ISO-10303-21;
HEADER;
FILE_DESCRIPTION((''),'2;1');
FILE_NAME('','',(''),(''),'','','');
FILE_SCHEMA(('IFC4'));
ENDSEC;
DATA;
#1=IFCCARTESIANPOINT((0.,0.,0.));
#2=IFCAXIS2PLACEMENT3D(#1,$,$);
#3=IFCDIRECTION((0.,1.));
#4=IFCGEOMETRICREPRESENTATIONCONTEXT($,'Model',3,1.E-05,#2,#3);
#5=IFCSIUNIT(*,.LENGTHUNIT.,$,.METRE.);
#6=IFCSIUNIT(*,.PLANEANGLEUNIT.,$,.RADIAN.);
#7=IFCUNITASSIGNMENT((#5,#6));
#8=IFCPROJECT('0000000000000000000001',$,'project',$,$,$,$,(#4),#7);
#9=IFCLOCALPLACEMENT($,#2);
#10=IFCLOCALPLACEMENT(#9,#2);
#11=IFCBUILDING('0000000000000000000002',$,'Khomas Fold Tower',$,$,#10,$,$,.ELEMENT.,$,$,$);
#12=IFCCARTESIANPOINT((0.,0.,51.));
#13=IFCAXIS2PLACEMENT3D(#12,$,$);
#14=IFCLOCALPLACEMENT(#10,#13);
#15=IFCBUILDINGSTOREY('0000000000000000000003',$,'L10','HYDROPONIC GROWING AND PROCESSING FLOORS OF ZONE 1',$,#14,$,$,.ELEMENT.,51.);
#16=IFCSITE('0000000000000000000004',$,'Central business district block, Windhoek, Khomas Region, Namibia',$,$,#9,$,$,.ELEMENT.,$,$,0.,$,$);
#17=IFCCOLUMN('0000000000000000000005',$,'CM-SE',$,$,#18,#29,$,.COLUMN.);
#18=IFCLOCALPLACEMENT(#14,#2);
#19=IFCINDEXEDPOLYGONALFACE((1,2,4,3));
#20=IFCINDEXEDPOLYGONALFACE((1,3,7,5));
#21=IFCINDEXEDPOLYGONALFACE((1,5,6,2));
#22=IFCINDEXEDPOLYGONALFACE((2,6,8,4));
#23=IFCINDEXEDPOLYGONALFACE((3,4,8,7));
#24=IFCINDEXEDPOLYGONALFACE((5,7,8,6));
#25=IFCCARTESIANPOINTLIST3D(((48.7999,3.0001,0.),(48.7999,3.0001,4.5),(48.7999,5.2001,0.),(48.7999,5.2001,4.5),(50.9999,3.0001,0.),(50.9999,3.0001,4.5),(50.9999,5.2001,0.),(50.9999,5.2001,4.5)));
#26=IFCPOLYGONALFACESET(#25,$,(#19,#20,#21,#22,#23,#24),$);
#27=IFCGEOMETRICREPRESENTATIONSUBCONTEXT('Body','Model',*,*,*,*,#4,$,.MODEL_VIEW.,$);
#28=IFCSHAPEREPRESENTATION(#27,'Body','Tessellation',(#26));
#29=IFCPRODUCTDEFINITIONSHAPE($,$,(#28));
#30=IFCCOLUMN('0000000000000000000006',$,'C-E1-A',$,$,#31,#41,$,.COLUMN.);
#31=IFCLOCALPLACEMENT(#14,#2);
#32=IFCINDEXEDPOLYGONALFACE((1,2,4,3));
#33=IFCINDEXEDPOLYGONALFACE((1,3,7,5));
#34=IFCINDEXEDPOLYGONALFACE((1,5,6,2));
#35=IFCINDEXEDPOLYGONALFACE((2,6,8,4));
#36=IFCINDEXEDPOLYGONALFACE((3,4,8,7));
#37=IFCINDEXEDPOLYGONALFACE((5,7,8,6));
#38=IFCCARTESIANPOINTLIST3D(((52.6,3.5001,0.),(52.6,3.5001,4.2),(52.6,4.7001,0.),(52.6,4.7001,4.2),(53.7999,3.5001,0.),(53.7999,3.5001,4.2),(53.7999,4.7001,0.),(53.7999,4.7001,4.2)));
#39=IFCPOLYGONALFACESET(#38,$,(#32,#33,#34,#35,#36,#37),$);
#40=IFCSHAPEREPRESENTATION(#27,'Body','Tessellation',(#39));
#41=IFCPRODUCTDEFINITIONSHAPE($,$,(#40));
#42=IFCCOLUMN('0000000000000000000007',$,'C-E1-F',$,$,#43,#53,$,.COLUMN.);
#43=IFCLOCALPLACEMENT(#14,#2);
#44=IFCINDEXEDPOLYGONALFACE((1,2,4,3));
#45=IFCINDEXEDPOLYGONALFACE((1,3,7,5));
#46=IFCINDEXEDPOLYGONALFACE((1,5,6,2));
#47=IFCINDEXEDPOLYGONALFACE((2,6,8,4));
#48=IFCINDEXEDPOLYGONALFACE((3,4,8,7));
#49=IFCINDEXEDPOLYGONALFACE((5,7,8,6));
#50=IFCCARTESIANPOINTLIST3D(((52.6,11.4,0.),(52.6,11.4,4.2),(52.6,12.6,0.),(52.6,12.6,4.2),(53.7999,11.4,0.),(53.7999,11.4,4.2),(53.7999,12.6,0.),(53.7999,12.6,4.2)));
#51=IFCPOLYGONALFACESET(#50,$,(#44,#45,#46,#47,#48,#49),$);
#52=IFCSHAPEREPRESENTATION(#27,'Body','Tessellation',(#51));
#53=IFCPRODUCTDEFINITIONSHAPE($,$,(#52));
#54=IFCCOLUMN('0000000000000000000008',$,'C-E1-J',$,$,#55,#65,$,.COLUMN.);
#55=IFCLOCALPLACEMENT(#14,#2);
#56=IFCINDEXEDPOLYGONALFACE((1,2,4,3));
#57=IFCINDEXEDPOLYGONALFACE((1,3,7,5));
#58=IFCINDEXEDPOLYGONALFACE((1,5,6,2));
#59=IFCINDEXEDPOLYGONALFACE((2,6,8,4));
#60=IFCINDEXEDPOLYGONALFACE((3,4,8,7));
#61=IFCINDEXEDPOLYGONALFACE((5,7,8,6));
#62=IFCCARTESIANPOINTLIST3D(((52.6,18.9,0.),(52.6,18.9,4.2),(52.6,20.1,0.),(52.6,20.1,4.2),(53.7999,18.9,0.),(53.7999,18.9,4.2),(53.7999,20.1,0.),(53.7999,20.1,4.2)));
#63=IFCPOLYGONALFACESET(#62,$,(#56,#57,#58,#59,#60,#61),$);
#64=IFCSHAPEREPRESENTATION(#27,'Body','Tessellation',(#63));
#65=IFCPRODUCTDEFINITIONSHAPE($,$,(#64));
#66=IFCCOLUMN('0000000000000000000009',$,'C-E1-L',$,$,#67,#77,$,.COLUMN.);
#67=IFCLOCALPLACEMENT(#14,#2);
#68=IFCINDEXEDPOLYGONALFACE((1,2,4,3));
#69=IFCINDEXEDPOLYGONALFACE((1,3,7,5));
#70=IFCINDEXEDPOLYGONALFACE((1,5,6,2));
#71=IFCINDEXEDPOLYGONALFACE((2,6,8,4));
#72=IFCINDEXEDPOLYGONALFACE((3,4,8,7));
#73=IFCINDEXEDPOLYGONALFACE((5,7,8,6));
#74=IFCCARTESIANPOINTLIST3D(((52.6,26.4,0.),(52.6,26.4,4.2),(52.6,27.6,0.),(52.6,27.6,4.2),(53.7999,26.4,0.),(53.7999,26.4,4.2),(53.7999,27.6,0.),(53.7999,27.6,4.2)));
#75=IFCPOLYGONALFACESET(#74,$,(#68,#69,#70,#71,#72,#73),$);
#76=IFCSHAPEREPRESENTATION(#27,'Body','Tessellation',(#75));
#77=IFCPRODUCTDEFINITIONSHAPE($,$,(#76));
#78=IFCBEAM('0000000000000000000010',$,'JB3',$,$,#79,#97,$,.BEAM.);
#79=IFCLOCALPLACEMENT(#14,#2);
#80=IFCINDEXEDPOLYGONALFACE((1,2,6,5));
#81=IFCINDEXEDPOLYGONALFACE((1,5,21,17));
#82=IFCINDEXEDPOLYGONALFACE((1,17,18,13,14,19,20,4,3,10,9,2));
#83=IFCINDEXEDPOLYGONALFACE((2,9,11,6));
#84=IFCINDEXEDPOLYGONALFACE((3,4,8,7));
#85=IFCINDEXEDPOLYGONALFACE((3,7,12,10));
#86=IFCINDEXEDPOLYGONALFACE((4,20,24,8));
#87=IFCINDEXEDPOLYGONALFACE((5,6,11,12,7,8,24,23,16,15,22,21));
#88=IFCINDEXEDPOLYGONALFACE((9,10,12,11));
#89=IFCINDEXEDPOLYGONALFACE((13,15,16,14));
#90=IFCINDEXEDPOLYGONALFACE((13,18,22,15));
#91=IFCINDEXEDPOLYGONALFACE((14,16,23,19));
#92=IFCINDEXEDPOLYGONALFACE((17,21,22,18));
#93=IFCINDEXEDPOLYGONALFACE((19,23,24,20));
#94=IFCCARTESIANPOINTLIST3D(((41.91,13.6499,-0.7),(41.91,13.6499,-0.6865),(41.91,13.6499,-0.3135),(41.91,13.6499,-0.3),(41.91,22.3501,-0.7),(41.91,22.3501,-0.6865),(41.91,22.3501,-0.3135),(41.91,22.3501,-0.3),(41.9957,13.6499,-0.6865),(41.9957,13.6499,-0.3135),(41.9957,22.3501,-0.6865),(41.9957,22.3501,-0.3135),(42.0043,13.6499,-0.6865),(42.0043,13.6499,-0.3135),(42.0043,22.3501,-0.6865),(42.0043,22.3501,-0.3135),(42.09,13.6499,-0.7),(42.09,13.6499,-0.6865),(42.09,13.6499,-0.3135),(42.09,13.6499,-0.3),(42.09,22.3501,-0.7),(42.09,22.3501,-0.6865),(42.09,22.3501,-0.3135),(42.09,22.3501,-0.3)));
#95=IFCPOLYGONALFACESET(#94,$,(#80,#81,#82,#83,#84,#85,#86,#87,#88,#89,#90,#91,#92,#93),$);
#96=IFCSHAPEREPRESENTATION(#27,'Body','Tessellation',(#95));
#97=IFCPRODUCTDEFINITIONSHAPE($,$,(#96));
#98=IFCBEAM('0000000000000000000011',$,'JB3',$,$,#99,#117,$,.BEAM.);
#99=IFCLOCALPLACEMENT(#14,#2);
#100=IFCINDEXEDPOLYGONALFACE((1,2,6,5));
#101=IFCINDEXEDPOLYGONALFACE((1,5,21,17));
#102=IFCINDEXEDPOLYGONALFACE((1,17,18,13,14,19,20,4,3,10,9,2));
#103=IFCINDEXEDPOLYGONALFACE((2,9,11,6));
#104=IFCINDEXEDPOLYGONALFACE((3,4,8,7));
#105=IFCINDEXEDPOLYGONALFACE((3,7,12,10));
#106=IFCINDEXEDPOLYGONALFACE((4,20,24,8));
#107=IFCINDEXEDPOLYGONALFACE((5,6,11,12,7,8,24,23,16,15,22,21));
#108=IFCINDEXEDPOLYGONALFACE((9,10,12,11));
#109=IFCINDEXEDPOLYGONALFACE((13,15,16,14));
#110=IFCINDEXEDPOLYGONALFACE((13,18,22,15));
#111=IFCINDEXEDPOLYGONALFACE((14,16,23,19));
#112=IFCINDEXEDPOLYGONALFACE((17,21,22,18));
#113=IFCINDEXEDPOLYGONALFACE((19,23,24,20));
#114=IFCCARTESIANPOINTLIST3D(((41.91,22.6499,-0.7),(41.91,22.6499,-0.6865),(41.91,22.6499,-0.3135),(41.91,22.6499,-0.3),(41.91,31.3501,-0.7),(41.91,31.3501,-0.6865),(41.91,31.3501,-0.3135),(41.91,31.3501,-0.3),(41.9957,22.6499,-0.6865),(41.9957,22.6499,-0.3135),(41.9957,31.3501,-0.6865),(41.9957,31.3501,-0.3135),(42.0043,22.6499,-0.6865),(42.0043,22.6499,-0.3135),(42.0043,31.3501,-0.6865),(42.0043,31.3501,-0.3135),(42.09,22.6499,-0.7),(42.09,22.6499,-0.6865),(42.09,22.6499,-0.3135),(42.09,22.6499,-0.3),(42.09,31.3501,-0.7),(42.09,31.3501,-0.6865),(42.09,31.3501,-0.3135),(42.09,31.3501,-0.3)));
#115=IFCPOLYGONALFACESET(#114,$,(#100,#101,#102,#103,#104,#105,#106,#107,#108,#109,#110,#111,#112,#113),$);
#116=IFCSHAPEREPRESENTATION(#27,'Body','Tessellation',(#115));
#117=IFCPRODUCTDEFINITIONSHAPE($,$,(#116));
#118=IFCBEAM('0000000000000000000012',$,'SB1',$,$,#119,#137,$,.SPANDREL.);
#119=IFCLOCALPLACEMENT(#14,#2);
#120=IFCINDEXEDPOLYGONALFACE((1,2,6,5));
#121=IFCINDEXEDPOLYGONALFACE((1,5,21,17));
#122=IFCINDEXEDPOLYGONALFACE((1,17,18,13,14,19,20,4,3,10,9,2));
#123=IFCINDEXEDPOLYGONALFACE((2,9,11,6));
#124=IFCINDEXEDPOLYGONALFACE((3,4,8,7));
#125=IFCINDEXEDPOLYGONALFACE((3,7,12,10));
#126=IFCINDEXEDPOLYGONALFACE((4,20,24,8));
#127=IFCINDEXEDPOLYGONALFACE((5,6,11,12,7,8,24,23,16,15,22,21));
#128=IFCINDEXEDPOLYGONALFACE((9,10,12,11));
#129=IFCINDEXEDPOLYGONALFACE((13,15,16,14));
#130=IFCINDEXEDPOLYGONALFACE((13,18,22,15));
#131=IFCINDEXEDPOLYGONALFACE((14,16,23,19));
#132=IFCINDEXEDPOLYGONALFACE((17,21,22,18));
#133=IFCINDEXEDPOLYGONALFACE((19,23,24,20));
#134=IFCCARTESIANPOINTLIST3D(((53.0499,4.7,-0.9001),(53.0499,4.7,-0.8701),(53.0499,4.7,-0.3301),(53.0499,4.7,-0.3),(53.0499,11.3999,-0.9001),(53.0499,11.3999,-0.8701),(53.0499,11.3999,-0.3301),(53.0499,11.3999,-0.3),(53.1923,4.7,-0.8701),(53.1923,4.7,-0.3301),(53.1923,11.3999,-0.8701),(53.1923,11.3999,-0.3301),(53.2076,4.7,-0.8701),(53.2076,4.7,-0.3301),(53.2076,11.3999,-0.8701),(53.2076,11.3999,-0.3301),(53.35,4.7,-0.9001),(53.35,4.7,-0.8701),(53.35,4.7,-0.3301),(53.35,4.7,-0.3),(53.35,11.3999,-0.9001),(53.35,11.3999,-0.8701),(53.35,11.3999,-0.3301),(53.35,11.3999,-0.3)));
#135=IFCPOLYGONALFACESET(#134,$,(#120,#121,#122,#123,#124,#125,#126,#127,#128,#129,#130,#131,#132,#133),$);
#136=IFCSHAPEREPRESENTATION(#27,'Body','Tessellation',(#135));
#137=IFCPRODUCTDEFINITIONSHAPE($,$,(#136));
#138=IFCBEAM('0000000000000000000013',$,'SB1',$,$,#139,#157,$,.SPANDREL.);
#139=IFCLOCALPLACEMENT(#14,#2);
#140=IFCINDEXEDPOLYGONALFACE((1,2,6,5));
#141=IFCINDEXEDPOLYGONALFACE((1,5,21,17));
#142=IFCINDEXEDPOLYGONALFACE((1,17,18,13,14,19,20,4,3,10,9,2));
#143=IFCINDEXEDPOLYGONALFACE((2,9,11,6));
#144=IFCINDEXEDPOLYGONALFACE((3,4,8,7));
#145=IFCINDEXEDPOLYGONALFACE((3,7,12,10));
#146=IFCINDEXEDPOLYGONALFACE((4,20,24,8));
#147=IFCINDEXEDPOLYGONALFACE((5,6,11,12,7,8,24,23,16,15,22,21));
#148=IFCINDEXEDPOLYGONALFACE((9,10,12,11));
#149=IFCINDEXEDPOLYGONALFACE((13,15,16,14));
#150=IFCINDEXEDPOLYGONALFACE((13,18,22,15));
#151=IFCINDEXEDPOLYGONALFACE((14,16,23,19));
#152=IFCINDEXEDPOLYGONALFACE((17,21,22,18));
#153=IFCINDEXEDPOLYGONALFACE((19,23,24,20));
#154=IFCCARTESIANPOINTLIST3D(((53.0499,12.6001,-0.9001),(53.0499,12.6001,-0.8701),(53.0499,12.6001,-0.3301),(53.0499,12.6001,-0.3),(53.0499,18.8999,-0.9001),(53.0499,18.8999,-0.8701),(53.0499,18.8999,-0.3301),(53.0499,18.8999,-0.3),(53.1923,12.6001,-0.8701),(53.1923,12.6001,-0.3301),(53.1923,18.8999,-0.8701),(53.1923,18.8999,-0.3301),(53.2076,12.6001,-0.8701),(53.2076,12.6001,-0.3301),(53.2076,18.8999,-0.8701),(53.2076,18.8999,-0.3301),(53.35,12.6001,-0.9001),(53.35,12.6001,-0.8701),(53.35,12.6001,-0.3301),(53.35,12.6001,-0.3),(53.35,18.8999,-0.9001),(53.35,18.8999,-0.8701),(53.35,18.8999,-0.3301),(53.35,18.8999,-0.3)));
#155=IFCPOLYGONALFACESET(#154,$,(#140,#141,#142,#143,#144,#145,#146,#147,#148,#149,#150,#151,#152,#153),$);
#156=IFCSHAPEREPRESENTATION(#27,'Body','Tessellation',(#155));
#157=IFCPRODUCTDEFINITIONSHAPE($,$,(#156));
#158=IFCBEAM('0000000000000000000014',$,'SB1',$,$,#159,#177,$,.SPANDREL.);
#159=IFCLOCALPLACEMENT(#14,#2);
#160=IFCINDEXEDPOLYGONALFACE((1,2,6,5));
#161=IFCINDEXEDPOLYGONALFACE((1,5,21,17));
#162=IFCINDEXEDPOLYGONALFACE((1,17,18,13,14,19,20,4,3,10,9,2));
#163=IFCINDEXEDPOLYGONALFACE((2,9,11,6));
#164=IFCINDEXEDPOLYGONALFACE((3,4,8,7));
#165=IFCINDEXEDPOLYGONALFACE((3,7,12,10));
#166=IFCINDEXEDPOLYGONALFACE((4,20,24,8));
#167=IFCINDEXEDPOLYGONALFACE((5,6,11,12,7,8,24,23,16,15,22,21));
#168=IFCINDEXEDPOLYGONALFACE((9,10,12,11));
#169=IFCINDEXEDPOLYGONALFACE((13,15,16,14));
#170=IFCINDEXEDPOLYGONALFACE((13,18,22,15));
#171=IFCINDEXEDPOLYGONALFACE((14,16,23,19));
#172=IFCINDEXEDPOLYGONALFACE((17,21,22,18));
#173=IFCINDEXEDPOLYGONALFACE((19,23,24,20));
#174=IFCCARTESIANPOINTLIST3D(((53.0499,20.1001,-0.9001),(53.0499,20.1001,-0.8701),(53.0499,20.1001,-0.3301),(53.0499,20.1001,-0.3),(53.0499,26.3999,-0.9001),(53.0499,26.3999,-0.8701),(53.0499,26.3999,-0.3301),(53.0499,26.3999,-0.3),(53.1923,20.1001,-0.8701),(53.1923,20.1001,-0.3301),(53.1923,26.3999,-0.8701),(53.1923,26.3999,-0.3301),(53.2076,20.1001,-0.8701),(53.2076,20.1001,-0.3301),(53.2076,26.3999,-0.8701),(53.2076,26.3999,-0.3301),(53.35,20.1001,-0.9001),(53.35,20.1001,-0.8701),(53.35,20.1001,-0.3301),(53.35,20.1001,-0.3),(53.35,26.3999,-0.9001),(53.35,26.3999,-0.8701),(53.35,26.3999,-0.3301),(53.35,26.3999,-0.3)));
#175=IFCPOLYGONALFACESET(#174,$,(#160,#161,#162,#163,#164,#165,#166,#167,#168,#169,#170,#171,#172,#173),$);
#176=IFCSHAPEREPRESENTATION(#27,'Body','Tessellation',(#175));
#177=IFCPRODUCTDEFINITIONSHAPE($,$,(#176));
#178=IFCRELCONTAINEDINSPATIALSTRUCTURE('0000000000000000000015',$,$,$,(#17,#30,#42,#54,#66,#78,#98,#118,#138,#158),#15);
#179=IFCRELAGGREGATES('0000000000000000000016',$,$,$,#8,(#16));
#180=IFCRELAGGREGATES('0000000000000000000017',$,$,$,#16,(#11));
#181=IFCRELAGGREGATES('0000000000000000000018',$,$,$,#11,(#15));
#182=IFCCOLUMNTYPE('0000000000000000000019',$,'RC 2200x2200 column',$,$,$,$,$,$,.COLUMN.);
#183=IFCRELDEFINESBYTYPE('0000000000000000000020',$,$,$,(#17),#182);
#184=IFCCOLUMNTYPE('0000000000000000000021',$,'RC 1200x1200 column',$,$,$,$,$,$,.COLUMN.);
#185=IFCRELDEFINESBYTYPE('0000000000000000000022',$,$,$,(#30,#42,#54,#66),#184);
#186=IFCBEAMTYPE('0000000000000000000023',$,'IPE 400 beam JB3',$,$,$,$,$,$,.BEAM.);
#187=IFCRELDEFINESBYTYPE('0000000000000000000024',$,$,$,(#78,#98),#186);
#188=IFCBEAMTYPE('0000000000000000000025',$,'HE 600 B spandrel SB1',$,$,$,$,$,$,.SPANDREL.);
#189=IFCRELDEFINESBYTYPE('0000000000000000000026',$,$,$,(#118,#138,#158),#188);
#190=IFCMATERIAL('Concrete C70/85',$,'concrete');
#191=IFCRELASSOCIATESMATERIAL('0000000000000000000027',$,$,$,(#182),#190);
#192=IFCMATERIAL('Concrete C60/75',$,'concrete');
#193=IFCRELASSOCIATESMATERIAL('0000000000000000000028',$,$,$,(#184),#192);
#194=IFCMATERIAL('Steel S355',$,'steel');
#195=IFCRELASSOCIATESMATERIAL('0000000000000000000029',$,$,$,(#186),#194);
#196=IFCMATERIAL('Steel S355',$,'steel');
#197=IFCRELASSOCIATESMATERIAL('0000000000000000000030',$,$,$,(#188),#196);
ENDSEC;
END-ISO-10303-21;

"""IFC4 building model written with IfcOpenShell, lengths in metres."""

from ifc_helpers import new_model, si_unit, direction, frame, origin, origin_2d, place, context, subcontext, project, spatial, rectangle, i_section, extrude, source, transform, mapped, material, material_profile, profile_set, type_object, element, save


model = new_model("IFC4")

# Units and contexts
model_context = context("Model", 3, precision=1e-05, world=origin(), true_north=direction((0.0, 1.0)))
body_context = subcontext(model_context, "Body", "Model", "MODEL_VIEW")
ifc_project = project(units=[si_unit("LENGTHUNIT", "METRE"), si_unit("PLANEANGLEUNIT", "RADIAN")], contexts=[model_context])

# Site, building, storey
site_placement = place(None, origin())
site = spatial("IfcSite", under=ifc_project, at=site_placement, Name="Central business district block, Windhoek, Khomas Region, Namibia", CompositionType="ELEMENT", RefElevation=0.0)
building_placement = place(site_placement, origin())
building = spatial("IfcBuilding", under=site, at=building_placement, Name="Khomas Fold Tower", CompositionType="ELEMENT")
storey_placement = place(building_placement, frame((0.0, 0.0, 51.0)))
storey = spatial("IfcBuildingStorey", under=building, at=storey_placement, Name="L10", Description="HYDROPONIC GROWING AND PROCESSING FLOORS OF ZONE 1", CompositionType="ELEMENT", Elevation=51.0)

# Columns
ifc_material_1 = material(Name="Concrete C70/85", Category="concrete")
ifc_material_profile_1 = material_profile(ifc_material_1, rectangle(XDim=2.2, YDim=2.2, at=origin_2d()), Name="RC 2200x2200")
ifc_profile_set_1 = profile_set([ifc_material_profile_1], Name="Concrete C70/85")
column_type_1 = type_object("IfcColumnType", Name="RC 2200x2200 column", PredefinedType="COLUMN", material=ifc_profile_set_1)
shared_shape_1 = source(origin(), body_context, "Body", "SweptSolid", [
    extrude(rectangle(XDim=2.2, YDim=2.2, at=origin_2d()), origin(), (0.0, 0.0, 1.0), 4.5),
])
column_placement = place(storey_placement, frame((49.8999, 4.1001, 0.0), z_axis=(0.0, 0.0, 1.0), x_axis=(1.0, 0.0, 0.0)))
element("IfcColumn", 1, at=column_placement, inside=storey, type_object=column_type_1, Name="CM-SE", PredefinedType="COLUMN", context=body_context, shape_type="MappedRepresentation", body=[
    mapped(shared_shape_1, transform((0.0, 0.0, 0.0))),
])
ifc_material_2 = material(Name="Concrete C60/75", Category="concrete")
ifc_material_profile_2 = material_profile(ifc_material_2, rectangle(XDim=1.2, YDim=1.2, at=origin_2d()), Name="RC 1200x1200")
ifc_profile_set_2 = profile_set([ifc_material_profile_2], Name="Concrete C60/75")
column_type_2 = type_object("IfcColumnType", Name="RC 1200x1200 column", PredefinedType="COLUMN", material=ifc_profile_set_2)
shared_shape_2 = source(origin(), body_context, "Body", "SweptSolid", [
    extrude(rectangle(XDim=1.2, YDim=1.2, at=origin_2d()), origin(), (0.0, 0.0, 1.0), 4.2),
])
for number, where, z_axis, x_axis, name in (
    (2, (53.2, 4.1001, 0.0), (0.0, 0.0, 1.0), (1.0, 0.0, 0.0), "C-E1-A"),
    (3, (53.2, 12.0, 0.0), (0.0, 0.0, 1.0), (1.0, 0.0, 0.0), "C-E1-F"),
    (4, (53.2, 19.5, 0.0), (0.0, 0.0, 1.0), (1.0, 0.0, 0.0), "C-E1-J"),
    (5, (53.2, 27.0, 0.0), (0.0, 0.0, 1.0), (1.0, 0.0, 0.0), "C-E1-L"),
):
    element("IfcColumn", number, at=place(storey_placement, frame(where, z_axis=z_axis, x_axis=x_axis)), inside=storey, type_object=column_type_2, Name=name, PredefinedType="COLUMN", context=body_context, shape_type="MappedRepresentation", body=[
        mapped(shared_shape_2, transform((0.0, 0.0, 0.0))),
    ])

# Beams
ifc_material_3 = material(Name="Steel S355", Category="steel")
ifc_material_profile_3 = material_profile(ifc_material_3, i_section(OverallWidth=0.1799, OverallDepth=0.3999, WebThickness=0.0085, FlangeThickness=0.0134, at=origin_2d()), Name="IPE 400")
ifc_profile_set_3 = profile_set([ifc_material_profile_3], Name="Steel S355")
beam_type_1 = type_object("IfcBeamType", Name="IPE 400 beam JB3", PredefinedType="BEAM", material=ifc_profile_set_3)
shared_shape_3 = source(origin(), body_context, "Body", "SweptSolid", [
    extrude(i_section(OverallWidth=0.1799, OverallDepth=0.3999, WebThickness=0.0085, FlangeThickness=0.0134, at=origin_2d()), origin(), (0.0, 0.0, 1.0), 8.7002),
])
for number, where, z_axis, x_axis, name in (
    (6, (42.0, 13.6499, -0.5), (0.0, 1.0, 0.0), (-1.0, 0.0, 0.0), "JB3"),
    (7, (42.0, 22.6499, -0.5), (0.0, 1.0, 0.0), (-1.0, 0.0, 0.0), "JB3"),
):
    element("IfcBeam", number, at=place(storey_placement, frame(where, z_axis=z_axis, x_axis=x_axis)), inside=storey, type_object=beam_type_1, Name=name, PredefinedType="BEAM", context=body_context, shape_type="MappedRepresentation", body=[
        mapped(shared_shape_3, transform((0.0, 0.0, 0.0))),
    ])
ifc_material_4 = material(Name="Steel S355", Category="steel")
ifc_material_profile_4 = material_profile(ifc_material_4, i_section(OverallWidth=0.3, OverallDepth=0.6001, WebThickness=0.0154, FlangeThickness=0.03, at=origin_2d()), Name="HE 600 B")
ifc_profile_set_4 = profile_set([ifc_material_profile_4], Name="Steel S355")
beam_type_2 = type_object("IfcBeamType", Name="HE 600 B spandrel SB1", PredefinedType="SPANDREL", material=ifc_profile_set_4)
shared_shape_4 = source(origin(), body_context, "Body", "SweptSolid", [
    extrude(i_section(OverallWidth=0.3, OverallDepth=0.6001, WebThickness=0.0154, FlangeThickness=0.03, at=origin_2d()), origin(), (0.0, 0.0, 1.0), 6.7),
])
beam_1_placement = place(storey_placement, frame((53.2, 4.7, -0.6001), z_axis=(0.0, 1.0, 0.0), x_axis=(-1.0, 0.0, 0.0)))
element("IfcBeam", 8, at=beam_1_placement, inside=storey, type_object=beam_type_2, Name="SB1", PredefinedType="SPANDREL", context=body_context, shape_type="MappedRepresentation", body=[
    mapped(shared_shape_4, transform((0.0, 0.0, 0.0))),
])
shared_shape_5 = source(origin(), body_context, "Body", "SweptSolid", [
    extrude(i_section(OverallWidth=0.3, OverallDepth=0.6001, WebThickness=0.0154, FlangeThickness=0.03, at=origin_2d()), origin(), (0.0, 0.0, 1.0), 6.2998),
])
for number, where, z_axis, x_axis, name in (
    (9, (53.2, 12.6001, -0.6001), (0.0, 1.0, 0.0), (-1.0, 0.0, 0.0), "SB1"),
    (10, (53.2, 20.1001, -0.6001), (0.0, 1.0, 0.0), (-1.0, 0.0, 0.0), "SB1"),
):
    element("IfcBeam", number, at=place(storey_placement, frame(where, z_axis=z_axis, x_axis=x_axis)), inside=storey, type_object=beam_type_2, Name=name, PredefinedType="SPANDREL", context=body_context, shape_type="MappedRepresentation", body=[
        mapped(shared_shape_5, transform((0.0, 0.0, 0.0))),
    ])

save(model, "model.ifc")
